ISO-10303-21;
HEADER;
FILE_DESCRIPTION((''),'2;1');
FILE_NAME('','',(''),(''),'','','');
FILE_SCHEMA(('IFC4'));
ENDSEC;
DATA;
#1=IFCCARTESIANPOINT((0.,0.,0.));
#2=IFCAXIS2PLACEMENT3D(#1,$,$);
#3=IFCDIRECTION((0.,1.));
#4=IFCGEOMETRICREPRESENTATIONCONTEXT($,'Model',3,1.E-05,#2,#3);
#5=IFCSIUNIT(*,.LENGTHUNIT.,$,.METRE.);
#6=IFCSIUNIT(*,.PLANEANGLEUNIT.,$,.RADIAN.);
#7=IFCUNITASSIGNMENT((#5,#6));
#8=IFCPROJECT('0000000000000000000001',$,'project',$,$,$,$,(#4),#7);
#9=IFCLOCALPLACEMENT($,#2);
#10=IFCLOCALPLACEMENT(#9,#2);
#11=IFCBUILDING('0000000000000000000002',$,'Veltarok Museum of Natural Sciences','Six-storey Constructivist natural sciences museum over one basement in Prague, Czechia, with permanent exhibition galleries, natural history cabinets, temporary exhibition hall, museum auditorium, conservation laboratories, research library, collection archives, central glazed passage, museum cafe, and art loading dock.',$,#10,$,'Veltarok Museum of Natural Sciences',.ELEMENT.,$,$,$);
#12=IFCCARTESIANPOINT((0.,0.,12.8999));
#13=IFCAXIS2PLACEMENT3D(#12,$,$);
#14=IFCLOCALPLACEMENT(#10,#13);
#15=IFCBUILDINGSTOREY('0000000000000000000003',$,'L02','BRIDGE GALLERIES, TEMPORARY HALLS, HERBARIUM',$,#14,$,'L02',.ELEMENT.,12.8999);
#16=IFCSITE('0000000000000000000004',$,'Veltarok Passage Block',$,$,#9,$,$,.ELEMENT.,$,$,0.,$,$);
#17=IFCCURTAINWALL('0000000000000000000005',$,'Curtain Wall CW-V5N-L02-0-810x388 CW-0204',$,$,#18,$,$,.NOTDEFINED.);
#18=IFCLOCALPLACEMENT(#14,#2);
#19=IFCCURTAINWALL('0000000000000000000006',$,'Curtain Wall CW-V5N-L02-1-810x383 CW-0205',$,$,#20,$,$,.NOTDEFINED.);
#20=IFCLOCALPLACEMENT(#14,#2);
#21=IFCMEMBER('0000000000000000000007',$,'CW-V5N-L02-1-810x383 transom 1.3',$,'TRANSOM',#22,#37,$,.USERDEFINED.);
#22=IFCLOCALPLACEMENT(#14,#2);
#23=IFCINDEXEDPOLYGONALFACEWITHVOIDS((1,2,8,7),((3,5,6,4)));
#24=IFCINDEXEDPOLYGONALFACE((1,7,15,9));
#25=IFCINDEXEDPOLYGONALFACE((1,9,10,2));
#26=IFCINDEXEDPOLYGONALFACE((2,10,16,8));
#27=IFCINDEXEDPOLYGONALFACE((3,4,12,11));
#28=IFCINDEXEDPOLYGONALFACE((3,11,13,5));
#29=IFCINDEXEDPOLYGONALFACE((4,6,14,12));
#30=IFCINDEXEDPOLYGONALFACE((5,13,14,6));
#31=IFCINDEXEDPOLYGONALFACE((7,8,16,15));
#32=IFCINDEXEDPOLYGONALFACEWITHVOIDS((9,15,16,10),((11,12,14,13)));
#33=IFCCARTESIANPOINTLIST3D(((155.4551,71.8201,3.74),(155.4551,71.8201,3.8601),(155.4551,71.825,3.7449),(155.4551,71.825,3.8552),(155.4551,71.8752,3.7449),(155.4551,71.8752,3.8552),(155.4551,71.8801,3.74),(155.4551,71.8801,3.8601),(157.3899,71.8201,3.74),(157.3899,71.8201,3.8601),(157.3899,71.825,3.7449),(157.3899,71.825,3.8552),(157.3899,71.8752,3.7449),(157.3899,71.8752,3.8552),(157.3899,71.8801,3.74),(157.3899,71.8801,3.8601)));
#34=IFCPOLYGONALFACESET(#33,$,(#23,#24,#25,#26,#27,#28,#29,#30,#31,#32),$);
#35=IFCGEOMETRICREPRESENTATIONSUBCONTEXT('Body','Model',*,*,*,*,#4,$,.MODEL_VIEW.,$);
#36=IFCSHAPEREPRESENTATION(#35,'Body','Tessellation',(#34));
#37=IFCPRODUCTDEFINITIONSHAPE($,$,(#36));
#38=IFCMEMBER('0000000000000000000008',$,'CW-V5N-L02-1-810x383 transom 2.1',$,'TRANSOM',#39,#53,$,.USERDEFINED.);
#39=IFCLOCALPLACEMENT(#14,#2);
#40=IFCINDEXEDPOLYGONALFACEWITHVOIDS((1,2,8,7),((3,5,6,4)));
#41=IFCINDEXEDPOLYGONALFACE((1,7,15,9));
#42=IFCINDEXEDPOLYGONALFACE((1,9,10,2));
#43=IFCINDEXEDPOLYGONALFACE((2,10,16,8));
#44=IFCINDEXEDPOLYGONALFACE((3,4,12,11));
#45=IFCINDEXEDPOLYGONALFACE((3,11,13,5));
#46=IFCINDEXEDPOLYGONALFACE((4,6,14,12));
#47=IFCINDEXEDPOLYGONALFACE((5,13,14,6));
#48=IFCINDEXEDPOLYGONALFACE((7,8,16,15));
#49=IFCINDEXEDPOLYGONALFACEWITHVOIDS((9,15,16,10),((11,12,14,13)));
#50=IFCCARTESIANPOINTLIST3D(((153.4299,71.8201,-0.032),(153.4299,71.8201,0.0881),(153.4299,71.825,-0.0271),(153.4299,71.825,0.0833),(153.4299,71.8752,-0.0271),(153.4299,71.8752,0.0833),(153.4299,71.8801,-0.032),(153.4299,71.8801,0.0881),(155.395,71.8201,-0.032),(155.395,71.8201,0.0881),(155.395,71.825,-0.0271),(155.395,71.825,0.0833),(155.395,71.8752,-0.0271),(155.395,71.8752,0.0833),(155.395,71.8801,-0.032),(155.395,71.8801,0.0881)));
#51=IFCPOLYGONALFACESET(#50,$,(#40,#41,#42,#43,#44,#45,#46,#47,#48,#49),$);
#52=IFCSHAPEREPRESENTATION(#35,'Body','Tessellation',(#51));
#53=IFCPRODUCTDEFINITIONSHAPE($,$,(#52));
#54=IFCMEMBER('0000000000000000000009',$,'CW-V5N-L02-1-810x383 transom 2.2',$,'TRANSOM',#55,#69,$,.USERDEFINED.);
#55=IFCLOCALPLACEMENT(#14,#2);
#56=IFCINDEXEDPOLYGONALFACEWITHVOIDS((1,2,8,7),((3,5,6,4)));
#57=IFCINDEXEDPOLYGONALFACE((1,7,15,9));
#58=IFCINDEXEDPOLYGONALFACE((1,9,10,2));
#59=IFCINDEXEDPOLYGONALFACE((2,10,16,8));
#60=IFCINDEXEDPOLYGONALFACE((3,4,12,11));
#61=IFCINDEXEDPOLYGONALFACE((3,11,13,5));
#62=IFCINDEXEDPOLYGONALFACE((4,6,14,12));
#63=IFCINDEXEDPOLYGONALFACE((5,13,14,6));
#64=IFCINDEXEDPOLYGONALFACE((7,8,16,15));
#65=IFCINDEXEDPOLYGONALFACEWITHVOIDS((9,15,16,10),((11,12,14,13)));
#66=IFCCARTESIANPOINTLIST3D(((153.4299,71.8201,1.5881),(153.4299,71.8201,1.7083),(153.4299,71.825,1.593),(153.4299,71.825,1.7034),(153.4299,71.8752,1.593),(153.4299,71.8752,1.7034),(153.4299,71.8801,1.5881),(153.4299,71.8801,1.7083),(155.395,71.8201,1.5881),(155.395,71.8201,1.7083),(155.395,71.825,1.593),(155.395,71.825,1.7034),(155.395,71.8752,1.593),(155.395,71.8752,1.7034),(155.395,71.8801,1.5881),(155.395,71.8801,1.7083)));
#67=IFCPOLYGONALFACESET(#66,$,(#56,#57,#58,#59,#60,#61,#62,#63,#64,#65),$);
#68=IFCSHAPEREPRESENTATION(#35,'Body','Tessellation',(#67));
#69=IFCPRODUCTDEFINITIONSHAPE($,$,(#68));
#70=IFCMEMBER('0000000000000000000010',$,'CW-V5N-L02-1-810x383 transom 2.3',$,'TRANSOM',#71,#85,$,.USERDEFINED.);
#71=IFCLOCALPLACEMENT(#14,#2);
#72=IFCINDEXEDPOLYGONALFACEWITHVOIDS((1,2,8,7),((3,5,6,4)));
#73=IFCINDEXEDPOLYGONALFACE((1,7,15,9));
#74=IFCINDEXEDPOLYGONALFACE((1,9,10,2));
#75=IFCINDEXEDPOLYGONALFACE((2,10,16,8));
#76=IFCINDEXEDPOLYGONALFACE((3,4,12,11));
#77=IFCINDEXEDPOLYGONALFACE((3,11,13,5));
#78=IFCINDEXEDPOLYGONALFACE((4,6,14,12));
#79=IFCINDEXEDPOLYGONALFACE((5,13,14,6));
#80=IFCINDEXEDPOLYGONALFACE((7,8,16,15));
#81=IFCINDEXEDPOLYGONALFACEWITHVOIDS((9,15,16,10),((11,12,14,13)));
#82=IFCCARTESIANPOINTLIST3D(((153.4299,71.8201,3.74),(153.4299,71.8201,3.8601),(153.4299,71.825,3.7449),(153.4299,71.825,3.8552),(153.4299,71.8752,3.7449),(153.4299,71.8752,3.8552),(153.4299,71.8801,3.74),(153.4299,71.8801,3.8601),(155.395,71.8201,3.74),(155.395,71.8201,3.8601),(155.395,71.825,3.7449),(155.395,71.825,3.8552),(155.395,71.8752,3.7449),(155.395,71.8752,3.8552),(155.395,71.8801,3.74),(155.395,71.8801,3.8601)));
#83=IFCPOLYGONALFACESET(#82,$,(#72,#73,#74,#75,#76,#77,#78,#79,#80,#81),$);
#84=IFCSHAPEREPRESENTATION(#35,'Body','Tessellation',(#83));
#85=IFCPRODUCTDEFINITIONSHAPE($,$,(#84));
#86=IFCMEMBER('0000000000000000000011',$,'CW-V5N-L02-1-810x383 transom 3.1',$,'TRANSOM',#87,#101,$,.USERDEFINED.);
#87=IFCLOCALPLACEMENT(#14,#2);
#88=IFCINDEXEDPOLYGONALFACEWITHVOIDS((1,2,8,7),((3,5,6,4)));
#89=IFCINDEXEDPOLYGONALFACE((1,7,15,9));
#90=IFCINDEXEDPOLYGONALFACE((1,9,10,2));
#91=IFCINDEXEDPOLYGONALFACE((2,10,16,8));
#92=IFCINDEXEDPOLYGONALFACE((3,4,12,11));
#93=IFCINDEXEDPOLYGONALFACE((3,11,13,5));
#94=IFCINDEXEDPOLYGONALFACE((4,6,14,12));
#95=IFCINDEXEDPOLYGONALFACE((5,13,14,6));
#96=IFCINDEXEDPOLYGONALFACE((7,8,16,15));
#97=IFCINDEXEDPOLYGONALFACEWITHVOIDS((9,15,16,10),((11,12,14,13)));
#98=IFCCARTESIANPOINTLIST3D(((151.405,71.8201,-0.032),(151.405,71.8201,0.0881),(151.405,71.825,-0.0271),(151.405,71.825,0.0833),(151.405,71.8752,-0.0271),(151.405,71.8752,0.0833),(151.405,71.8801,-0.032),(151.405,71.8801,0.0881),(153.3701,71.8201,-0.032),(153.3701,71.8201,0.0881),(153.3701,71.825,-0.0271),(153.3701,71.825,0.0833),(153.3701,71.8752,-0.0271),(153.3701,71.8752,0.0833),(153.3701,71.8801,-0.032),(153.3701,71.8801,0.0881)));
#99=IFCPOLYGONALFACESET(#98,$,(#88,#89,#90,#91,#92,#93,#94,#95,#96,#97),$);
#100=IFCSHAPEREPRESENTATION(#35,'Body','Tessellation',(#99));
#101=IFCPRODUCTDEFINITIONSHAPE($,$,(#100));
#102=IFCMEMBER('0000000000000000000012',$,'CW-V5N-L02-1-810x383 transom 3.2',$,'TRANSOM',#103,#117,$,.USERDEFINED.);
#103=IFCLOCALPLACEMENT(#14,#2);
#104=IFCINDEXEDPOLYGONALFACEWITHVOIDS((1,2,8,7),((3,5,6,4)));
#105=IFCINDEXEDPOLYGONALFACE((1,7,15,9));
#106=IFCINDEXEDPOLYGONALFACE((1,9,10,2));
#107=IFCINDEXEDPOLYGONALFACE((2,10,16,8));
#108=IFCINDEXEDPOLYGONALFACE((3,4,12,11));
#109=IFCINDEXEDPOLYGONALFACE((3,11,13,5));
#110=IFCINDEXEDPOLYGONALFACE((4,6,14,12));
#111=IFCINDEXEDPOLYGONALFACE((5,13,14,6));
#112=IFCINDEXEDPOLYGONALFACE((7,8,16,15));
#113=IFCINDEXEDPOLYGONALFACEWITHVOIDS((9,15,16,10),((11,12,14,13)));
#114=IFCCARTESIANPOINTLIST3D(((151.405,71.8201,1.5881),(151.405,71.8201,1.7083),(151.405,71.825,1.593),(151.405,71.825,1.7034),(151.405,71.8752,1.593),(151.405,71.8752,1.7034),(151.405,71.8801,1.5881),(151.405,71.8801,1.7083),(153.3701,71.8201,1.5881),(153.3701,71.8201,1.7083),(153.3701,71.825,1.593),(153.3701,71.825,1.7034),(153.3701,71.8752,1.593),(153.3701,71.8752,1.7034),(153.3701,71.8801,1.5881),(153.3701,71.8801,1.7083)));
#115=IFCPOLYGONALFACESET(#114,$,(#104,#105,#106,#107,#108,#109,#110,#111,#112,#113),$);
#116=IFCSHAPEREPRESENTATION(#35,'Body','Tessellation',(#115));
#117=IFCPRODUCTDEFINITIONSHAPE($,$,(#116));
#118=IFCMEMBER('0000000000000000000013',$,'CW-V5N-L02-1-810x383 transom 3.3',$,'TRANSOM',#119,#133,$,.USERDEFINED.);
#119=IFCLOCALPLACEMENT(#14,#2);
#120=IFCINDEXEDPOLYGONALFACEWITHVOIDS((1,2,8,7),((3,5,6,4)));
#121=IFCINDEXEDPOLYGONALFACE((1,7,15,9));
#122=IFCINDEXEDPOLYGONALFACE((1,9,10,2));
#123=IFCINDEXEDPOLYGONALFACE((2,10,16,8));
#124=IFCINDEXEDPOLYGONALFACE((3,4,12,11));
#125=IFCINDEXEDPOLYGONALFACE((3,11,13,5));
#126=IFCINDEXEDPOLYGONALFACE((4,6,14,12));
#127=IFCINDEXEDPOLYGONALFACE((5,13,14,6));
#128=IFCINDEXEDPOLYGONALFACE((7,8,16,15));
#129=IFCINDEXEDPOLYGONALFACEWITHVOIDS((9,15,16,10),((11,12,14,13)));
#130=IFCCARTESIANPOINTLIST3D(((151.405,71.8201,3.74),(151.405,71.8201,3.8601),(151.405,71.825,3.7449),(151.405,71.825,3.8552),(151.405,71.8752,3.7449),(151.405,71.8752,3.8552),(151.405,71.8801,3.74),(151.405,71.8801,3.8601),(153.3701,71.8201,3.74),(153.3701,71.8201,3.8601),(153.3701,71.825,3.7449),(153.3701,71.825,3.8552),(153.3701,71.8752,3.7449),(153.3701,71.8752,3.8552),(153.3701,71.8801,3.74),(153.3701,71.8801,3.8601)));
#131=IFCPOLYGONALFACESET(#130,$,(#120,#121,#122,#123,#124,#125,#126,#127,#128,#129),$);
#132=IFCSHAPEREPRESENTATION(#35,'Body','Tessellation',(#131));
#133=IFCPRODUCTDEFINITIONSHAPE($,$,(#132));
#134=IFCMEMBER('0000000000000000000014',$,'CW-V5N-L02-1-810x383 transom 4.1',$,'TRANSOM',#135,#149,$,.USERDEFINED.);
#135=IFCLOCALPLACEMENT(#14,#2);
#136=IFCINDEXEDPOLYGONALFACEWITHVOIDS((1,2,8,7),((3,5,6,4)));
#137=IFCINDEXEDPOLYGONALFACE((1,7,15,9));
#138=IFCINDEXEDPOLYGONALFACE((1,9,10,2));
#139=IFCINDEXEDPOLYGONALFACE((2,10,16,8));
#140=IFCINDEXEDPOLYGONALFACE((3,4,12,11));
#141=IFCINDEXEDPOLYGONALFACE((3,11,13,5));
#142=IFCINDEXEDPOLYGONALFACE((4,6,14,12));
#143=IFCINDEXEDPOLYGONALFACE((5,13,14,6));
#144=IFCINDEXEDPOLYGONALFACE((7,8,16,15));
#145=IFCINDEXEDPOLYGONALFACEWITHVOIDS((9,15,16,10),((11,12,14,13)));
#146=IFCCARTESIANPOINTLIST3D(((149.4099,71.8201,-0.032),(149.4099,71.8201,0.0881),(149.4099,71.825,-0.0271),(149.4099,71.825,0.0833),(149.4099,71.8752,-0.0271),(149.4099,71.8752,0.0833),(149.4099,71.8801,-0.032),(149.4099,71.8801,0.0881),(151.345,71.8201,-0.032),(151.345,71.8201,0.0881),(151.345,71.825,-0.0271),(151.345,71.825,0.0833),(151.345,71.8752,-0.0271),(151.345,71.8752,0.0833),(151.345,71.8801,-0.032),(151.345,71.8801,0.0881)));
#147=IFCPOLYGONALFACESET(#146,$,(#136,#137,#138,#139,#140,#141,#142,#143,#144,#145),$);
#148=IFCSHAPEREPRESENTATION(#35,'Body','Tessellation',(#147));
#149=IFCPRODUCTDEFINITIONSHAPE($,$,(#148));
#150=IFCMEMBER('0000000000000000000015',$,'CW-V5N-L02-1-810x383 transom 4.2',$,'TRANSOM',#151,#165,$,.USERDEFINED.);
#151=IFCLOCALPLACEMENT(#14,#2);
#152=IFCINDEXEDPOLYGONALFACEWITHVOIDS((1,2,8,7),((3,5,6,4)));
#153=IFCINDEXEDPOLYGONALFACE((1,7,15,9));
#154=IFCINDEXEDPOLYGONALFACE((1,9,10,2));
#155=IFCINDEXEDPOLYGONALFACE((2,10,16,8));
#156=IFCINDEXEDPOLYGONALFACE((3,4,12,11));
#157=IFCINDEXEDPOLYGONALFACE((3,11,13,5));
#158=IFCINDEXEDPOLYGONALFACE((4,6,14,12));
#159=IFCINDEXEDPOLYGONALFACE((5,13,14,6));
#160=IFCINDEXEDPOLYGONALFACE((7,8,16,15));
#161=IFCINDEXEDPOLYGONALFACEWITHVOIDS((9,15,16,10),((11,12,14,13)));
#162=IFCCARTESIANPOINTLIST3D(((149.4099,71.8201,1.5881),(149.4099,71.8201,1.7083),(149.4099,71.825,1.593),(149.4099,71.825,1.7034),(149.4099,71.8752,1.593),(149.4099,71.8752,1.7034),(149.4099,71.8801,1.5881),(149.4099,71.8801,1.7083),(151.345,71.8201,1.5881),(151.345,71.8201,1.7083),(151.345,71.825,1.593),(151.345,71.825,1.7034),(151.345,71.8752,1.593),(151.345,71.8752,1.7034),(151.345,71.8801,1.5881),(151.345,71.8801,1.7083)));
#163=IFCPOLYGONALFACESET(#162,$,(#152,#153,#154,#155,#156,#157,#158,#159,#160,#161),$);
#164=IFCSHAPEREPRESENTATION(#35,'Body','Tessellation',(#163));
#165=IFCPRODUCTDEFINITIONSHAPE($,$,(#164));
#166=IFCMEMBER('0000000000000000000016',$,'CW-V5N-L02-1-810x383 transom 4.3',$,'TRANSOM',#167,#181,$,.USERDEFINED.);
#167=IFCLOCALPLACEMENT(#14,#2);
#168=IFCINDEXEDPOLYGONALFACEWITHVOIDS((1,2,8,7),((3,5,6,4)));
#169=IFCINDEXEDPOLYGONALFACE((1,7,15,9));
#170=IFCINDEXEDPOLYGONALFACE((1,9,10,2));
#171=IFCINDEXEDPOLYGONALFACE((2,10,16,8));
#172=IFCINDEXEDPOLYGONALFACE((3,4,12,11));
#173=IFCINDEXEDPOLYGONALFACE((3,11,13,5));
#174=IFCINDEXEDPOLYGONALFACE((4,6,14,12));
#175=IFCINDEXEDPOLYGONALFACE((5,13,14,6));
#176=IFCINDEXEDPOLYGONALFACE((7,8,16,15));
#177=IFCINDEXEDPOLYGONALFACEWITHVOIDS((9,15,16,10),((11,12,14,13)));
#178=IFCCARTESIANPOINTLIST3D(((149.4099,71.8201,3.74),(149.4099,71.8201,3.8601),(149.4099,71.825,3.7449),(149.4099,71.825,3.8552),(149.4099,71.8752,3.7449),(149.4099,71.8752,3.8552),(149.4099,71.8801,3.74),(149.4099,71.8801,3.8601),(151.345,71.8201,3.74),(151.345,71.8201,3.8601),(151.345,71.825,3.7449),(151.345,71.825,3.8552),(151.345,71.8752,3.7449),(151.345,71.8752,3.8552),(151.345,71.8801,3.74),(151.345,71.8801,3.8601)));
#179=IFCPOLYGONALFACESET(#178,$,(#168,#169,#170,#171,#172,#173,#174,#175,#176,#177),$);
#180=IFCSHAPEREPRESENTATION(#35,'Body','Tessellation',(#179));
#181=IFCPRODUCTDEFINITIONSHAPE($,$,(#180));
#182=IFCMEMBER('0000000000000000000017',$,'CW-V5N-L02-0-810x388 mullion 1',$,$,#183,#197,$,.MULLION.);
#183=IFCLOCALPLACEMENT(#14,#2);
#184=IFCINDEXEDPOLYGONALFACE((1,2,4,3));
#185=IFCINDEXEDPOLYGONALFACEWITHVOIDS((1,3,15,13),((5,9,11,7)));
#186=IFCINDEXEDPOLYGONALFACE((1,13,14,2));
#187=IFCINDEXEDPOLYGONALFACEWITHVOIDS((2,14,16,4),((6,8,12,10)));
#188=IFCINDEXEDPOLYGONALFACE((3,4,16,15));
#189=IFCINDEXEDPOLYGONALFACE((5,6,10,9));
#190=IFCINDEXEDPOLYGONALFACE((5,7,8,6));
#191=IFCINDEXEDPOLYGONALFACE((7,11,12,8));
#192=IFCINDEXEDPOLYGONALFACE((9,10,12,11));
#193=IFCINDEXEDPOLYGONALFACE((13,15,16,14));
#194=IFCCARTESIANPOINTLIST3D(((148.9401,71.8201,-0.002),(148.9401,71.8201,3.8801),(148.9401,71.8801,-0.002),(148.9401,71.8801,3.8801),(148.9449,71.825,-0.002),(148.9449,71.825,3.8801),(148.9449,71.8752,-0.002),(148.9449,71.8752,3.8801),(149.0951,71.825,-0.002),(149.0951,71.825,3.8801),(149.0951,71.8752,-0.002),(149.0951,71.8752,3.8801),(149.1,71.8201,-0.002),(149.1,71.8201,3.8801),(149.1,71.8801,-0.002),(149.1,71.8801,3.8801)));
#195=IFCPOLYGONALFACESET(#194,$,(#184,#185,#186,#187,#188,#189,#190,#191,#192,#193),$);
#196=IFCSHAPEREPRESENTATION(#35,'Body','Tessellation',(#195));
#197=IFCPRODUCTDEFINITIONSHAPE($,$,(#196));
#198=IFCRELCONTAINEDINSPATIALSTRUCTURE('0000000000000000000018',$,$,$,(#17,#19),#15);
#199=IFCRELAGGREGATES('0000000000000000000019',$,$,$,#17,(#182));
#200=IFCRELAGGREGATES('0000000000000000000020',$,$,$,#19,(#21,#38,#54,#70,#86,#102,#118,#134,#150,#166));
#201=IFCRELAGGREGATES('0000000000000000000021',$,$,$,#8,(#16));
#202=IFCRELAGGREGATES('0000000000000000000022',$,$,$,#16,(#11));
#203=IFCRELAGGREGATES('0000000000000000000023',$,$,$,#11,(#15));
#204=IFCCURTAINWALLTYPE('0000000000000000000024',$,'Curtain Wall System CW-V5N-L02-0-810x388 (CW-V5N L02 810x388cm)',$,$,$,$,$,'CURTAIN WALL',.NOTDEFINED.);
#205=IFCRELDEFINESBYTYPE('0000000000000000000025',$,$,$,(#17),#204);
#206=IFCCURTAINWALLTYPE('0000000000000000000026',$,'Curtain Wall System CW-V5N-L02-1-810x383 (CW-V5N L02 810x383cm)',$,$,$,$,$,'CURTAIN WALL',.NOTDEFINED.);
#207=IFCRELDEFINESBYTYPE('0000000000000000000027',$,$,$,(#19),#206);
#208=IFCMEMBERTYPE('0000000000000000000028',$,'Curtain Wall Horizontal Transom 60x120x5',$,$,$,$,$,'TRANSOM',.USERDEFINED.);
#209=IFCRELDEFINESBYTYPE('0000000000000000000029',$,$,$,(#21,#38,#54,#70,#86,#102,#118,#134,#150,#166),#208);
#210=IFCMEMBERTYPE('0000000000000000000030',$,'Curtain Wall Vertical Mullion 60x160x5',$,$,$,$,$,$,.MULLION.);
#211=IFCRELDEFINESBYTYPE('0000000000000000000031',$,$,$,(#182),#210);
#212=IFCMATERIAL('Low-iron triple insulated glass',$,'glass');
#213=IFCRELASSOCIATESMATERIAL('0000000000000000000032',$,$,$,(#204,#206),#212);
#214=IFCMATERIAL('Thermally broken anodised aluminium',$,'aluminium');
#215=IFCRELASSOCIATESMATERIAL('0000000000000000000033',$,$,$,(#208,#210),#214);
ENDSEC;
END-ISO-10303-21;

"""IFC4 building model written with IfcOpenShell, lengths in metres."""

from ifc_helpers import new_model, si_unit, direction, frame, origin, origin_2d, place, context, subcontext, project, spatial, hollow_rectangle, extrude, material, material_profile, profile_set, type_object, element, aggregate, save


model = new_model("IFC4")

# Units and contexts
model_context = context("Model", 3, precision=1e-05, world=origin(), true_north=direction((0.0, 1.0)))
body_context = subcontext(model_context, "Body", "Model", "MODEL_VIEW")
ifc_project = project(units=[si_unit("LENGTHUNIT", "METRE"), si_unit("PLANEANGLEUNIT", "RADIAN")], contexts=[model_context])

# Site, building, storey
site_placement = place(None, origin())
site = spatial("IfcSite", under=ifc_project, at=site_placement, Name="Veltarok Passage Block", CompositionType="ELEMENT", RefElevation=0.0)
building_placement = place(site_placement, origin())
building = spatial("IfcBuilding", under=site, at=building_placement, Name="Veltarok Museum of Natural Sciences", Description="Six-storey Constructivist natural sciences museum over one basement in Prague, Czechia, with permanent exhibition galleries, natural history cabinets, temporary exhibition hall, museum auditorium, conservation laboratories, research library, collection archives, central glazed passage, museum cafe, and art loading dock.", LongName="Veltarok Museum of Natural Sciences", CompositionType="ELEMENT")
storey_placement = place(building_placement, frame((0.0, 0.0, 12.8999)))
storey = spatial("IfcBuildingStorey", under=building, at=storey_placement, Name="L02", Description="BRIDGE GALLERIES, TEMPORARY HALLS, HERBARIUM", LongName="L02", CompositionType="ELEMENT", Elevation=12.8999)

# Curtain walls, members
ifc_material_1 = material(Name="Low-iron triple insulated glass", Category="glass")
curtain_wall_type_1 = type_object("IfcCurtainWallType", Name="Curtain Wall System CW-V5N-L02-0-810x388 (CW-V5N L02 810x388cm)", ElementType="CURTAIN WALL", PredefinedType="NOTDEFINED", material=ifc_material_1)
curtain_wall_1_placement = place(storey_placement, origin())
curtain_wall_1 = element("IfcCurtainWall", 1, at=curtain_wall_1_placement, inside=storey, type_object=curtain_wall_type_1, Name="Curtain Wall CW-V5N-L02-0-810x388 CW-0204", PredefinedType="NOTDEFINED")
ifc_material_2 = material(Name="Thermally broken anodised aluminium", Category="aluminium")
ifc_material_profile_1 = material_profile(ifc_material_2, hollow_rectangle(XDim=0.0601, YDim=0.1201, WallThickness=0.0049, at=origin_2d()), Name="CW TRANSOM 60x120x5")
ifc_profile_set_1 = profile_set([ifc_material_profile_1], Name="Thermally broken anodised aluminium")
member_type_1 = type_object("IfcMemberType", Name="Curtain Wall Horizontal Transom 60x120x5", ElementType="TRANSOM", PredefinedType="USERDEFINED", material=ifc_profile_set_1)
curtain_wall_type_2 = type_object("IfcCurtainWallType", Name="Curtain Wall System CW-V5N-L02-1-810x383 (CW-V5N L02 810x383cm)", ElementType="CURTAIN WALL", PredefinedType="NOTDEFINED", material=ifc_material_1)
curtain_wall_2_placement = place(storey_placement, origin())
curtain_wall_2 = element("IfcCurtainWall", 2, at=curtain_wall_2_placement, inside=storey, type_object=curtain_wall_type_2, Name="Curtain Wall CW-V5N-L02-1-810x383 CW-0205", PredefinedType="NOTDEFINED")
member_1_placement = place(storey_placement, frame((157.3899, 71.8501, 3.8), z_axis=(-1.0, 0.0, 0.0), x_axis=(0.0, -1.0, 0.0)))
member_1 = element("IfcMember", 3, at=member_1_placement, type_object=member_type_1, Name="CW-V5N-L02-1-810x383 transom 1.3", ObjectType="TRANSOM", PredefinedType="USERDEFINED", context=body_context, shape_type="SweptSolid", body=[
    extrude(hollow_rectangle(XDim=0.0601, YDim=0.1201, WallThickness=0.0049, at=origin_2d()), origin(), (0.0, 0.0, 1.0), 1.9348),
])
member_2_placement = place(storey_placement, frame((155.395, 71.8501, 0.0281), z_axis=(-1.0, 0.0, 0.0), x_axis=(0.0, -1.0, 0.0)))
member_2 = element("IfcMember", 4, at=member_2_placement, type_object=member_type_1, Name="CW-V5N-L02-1-810x383 transom 2.1", ObjectType="TRANSOM", PredefinedType="USERDEFINED", context=body_context, shape_type="SweptSolid", body=[
    extrude(hollow_rectangle(XDim=0.0601, YDim=0.1201, WallThickness=0.0049, at=origin_2d()), origin(), (0.0, 0.0, 1.0), 1.9651),
])
member_3_placement = place(storey_placement, frame((155.395, 71.8501, 1.6482), z_axis=(-1.0, 0.0, 0.0), x_axis=(0.0, -1.0, 0.0)))
member_3 = element("IfcMember", 5, at=member_3_placement, type_object=member_type_1, Name="CW-V5N-L02-1-810x383 transom 2.2", ObjectType="TRANSOM", PredefinedType="USERDEFINED", context=body_context, shape_type="SweptSolid", body=[
    extrude(hollow_rectangle(XDim=0.0601, YDim=0.1201, WallThickness=0.0049, at=origin_2d()), origin(), (0.0, 0.0, 1.0), 1.9651),
])
member_4_placement = place(storey_placement, frame((155.395, 71.8501, 3.8), z_axis=(-1.0, 0.0, 0.0), x_axis=(0.0, -1.0, 0.0)))
member_4 = element("IfcMember", 6, at=member_4_placement, type_object=member_type_1, Name="CW-V5N-L02-1-810x383 transom 2.3", ObjectType="TRANSOM", PredefinedType="USERDEFINED", context=body_context, shape_type="SweptSolid", body=[
    extrude(hollow_rectangle(XDim=0.0601, YDim=0.1201, WallThickness=0.0049, at=origin_2d()), origin(), (0.0, 0.0, 1.0), 1.9651),
])
member_5_placement = place(storey_placement, frame((153.3701, 71.8501, 0.0281), z_axis=(-1.0, 0.0, 0.0), x_axis=(0.0, -1.0, 0.0)))
member_5 = element("IfcMember", 7, at=member_5_placement, type_object=member_type_1, Name="CW-V5N-L02-1-810x383 transom 3.1", ObjectType="TRANSOM", PredefinedType="USERDEFINED", context=body_context, shape_type="SweptSolid", body=[
    extrude(hollow_rectangle(XDim=0.0601, YDim=0.1201, WallThickness=0.0049, at=origin_2d()), origin(), (0.0, 0.0, 1.0), 1.9651),
])
member_6_placement = place(storey_placement, frame((153.3701, 71.8501, 1.6482), z_axis=(-1.0, 0.0, 0.0), x_axis=(0.0, -1.0, 0.0)))
member_6 = element("IfcMember", 8, at=member_6_placement, type_object=member_type_1, Name="CW-V5N-L02-1-810x383 transom 3.2", ObjectType="TRANSOM", PredefinedType="USERDEFINED", context=body_context, shape_type="SweptSolid", body=[
    extrude(hollow_rectangle(XDim=0.0601, YDim=0.1201, WallThickness=0.0049, at=origin_2d()), origin(), (0.0, 0.0, 1.0), 1.9651),
])
member_7_placement = place(storey_placement, frame((153.3701, 71.8501, 3.8), z_axis=(-1.0, 0.0, 0.0), x_axis=(0.0, -1.0, 0.0)))
member_7 = element("IfcMember", 9, at=member_7_placement, type_object=member_type_1, Name="CW-V5N-L02-1-810x383 transom 3.3", ObjectType="TRANSOM", PredefinedType="USERDEFINED", context=body_context, shape_type="SweptSolid", body=[
    extrude(hollow_rectangle(XDim=0.0601, YDim=0.1201, WallThickness=0.0049, at=origin_2d()), origin(), (0.0, 0.0, 1.0), 1.9651),
])
member_8_placement = place(storey_placement, frame((151.345, 71.8501, 0.0281), z_axis=(-1.0, 0.0, 0.0), x_axis=(0.0, -1.0, 0.0)))
member_8 = element("IfcMember", 10, at=member_8_placement, type_object=member_type_1, Name="CW-V5N-L02-1-810x383 transom 4.1", ObjectType="TRANSOM", PredefinedType="USERDEFINED", context=body_context, shape_type="SweptSolid", body=[
    extrude(hollow_rectangle(XDim=0.0601, YDim=0.1201, WallThickness=0.0049, at=origin_2d()), origin(), (0.0, 0.0, 1.0), 1.9351),
])
member_9_placement = place(storey_placement, frame((151.345, 71.8501, 1.6482), z_axis=(-1.0, 0.0, 0.0), x_axis=(0.0, -1.0, 0.0)))
member_9 = element("IfcMember", 11, at=member_9_placement, type_object=member_type_1, Name="CW-V5N-L02-1-810x383 transom 4.2", ObjectType="TRANSOM", PredefinedType="USERDEFINED", context=body_context, shape_type="SweptSolid", body=[
    extrude(hollow_rectangle(XDim=0.0601, YDim=0.1201, WallThickness=0.0049, at=origin_2d()), origin(), (0.0, 0.0, 1.0), 1.9351),
])
member_10_placement = place(storey_placement, frame((151.345, 71.8501, 3.8), z_axis=(-1.0, 0.0, 0.0), x_axis=(0.0, -1.0, 0.0)))
member_10 = element("IfcMember", 12, at=member_10_placement, type_object=member_type_1, Name="CW-V5N-L02-1-810x383 transom 4.3", ObjectType="TRANSOM", PredefinedType="USERDEFINED", context=body_context, shape_type="SweptSolid", body=[
    extrude(hollow_rectangle(XDim=0.0601, YDim=0.1201, WallThickness=0.0049, at=origin_2d()), origin(), (0.0, 0.0, 1.0), 1.9351),
])

# Member
ifc_material_profile_2 = material_profile(ifc_material_2, hollow_rectangle(XDim=0.0601, YDim=0.1599, WallThickness=0.0049, at=origin_2d()), Name="CW MULLION 60x160x5")
ifc_profile_set_2 = profile_set([ifc_material_profile_2], Name="Thermally broken anodised aluminium")
member_type_2 = type_object("IfcMemberType", Name="Curtain Wall Vertical Mullion 60x160x5", PredefinedType="MULLION", material=ifc_profile_set_2)
member_11_placement = place(storey_placement, frame((149.02, 71.8501, -0.002), z_axis=(0.0, 0.0, 1.0), x_axis=(0.0, -1.0, 0.0)))
member_11 = element("IfcMember", 13, at=member_11_placement, type_object=member_type_2, Name="CW-V5N-L02-0-810x388 mullion 1", PredefinedType="MULLION", context=body_context, shape_type="SweptSolid", body=[
    extrude(hollow_rectangle(XDim=0.0601, YDim=0.1599, WallThickness=0.0049, at=origin_2d()), origin(), (0.0, 0.0, 1.0), 3.8821),
])

aggregate(curtain_wall_1, [member_11])
aggregate(curtain_wall_2, [member_1, member_2, member_3, member_4, member_5, member_6, member_7, member_8, member_9, member_10])

save(model, "model.ifc")
